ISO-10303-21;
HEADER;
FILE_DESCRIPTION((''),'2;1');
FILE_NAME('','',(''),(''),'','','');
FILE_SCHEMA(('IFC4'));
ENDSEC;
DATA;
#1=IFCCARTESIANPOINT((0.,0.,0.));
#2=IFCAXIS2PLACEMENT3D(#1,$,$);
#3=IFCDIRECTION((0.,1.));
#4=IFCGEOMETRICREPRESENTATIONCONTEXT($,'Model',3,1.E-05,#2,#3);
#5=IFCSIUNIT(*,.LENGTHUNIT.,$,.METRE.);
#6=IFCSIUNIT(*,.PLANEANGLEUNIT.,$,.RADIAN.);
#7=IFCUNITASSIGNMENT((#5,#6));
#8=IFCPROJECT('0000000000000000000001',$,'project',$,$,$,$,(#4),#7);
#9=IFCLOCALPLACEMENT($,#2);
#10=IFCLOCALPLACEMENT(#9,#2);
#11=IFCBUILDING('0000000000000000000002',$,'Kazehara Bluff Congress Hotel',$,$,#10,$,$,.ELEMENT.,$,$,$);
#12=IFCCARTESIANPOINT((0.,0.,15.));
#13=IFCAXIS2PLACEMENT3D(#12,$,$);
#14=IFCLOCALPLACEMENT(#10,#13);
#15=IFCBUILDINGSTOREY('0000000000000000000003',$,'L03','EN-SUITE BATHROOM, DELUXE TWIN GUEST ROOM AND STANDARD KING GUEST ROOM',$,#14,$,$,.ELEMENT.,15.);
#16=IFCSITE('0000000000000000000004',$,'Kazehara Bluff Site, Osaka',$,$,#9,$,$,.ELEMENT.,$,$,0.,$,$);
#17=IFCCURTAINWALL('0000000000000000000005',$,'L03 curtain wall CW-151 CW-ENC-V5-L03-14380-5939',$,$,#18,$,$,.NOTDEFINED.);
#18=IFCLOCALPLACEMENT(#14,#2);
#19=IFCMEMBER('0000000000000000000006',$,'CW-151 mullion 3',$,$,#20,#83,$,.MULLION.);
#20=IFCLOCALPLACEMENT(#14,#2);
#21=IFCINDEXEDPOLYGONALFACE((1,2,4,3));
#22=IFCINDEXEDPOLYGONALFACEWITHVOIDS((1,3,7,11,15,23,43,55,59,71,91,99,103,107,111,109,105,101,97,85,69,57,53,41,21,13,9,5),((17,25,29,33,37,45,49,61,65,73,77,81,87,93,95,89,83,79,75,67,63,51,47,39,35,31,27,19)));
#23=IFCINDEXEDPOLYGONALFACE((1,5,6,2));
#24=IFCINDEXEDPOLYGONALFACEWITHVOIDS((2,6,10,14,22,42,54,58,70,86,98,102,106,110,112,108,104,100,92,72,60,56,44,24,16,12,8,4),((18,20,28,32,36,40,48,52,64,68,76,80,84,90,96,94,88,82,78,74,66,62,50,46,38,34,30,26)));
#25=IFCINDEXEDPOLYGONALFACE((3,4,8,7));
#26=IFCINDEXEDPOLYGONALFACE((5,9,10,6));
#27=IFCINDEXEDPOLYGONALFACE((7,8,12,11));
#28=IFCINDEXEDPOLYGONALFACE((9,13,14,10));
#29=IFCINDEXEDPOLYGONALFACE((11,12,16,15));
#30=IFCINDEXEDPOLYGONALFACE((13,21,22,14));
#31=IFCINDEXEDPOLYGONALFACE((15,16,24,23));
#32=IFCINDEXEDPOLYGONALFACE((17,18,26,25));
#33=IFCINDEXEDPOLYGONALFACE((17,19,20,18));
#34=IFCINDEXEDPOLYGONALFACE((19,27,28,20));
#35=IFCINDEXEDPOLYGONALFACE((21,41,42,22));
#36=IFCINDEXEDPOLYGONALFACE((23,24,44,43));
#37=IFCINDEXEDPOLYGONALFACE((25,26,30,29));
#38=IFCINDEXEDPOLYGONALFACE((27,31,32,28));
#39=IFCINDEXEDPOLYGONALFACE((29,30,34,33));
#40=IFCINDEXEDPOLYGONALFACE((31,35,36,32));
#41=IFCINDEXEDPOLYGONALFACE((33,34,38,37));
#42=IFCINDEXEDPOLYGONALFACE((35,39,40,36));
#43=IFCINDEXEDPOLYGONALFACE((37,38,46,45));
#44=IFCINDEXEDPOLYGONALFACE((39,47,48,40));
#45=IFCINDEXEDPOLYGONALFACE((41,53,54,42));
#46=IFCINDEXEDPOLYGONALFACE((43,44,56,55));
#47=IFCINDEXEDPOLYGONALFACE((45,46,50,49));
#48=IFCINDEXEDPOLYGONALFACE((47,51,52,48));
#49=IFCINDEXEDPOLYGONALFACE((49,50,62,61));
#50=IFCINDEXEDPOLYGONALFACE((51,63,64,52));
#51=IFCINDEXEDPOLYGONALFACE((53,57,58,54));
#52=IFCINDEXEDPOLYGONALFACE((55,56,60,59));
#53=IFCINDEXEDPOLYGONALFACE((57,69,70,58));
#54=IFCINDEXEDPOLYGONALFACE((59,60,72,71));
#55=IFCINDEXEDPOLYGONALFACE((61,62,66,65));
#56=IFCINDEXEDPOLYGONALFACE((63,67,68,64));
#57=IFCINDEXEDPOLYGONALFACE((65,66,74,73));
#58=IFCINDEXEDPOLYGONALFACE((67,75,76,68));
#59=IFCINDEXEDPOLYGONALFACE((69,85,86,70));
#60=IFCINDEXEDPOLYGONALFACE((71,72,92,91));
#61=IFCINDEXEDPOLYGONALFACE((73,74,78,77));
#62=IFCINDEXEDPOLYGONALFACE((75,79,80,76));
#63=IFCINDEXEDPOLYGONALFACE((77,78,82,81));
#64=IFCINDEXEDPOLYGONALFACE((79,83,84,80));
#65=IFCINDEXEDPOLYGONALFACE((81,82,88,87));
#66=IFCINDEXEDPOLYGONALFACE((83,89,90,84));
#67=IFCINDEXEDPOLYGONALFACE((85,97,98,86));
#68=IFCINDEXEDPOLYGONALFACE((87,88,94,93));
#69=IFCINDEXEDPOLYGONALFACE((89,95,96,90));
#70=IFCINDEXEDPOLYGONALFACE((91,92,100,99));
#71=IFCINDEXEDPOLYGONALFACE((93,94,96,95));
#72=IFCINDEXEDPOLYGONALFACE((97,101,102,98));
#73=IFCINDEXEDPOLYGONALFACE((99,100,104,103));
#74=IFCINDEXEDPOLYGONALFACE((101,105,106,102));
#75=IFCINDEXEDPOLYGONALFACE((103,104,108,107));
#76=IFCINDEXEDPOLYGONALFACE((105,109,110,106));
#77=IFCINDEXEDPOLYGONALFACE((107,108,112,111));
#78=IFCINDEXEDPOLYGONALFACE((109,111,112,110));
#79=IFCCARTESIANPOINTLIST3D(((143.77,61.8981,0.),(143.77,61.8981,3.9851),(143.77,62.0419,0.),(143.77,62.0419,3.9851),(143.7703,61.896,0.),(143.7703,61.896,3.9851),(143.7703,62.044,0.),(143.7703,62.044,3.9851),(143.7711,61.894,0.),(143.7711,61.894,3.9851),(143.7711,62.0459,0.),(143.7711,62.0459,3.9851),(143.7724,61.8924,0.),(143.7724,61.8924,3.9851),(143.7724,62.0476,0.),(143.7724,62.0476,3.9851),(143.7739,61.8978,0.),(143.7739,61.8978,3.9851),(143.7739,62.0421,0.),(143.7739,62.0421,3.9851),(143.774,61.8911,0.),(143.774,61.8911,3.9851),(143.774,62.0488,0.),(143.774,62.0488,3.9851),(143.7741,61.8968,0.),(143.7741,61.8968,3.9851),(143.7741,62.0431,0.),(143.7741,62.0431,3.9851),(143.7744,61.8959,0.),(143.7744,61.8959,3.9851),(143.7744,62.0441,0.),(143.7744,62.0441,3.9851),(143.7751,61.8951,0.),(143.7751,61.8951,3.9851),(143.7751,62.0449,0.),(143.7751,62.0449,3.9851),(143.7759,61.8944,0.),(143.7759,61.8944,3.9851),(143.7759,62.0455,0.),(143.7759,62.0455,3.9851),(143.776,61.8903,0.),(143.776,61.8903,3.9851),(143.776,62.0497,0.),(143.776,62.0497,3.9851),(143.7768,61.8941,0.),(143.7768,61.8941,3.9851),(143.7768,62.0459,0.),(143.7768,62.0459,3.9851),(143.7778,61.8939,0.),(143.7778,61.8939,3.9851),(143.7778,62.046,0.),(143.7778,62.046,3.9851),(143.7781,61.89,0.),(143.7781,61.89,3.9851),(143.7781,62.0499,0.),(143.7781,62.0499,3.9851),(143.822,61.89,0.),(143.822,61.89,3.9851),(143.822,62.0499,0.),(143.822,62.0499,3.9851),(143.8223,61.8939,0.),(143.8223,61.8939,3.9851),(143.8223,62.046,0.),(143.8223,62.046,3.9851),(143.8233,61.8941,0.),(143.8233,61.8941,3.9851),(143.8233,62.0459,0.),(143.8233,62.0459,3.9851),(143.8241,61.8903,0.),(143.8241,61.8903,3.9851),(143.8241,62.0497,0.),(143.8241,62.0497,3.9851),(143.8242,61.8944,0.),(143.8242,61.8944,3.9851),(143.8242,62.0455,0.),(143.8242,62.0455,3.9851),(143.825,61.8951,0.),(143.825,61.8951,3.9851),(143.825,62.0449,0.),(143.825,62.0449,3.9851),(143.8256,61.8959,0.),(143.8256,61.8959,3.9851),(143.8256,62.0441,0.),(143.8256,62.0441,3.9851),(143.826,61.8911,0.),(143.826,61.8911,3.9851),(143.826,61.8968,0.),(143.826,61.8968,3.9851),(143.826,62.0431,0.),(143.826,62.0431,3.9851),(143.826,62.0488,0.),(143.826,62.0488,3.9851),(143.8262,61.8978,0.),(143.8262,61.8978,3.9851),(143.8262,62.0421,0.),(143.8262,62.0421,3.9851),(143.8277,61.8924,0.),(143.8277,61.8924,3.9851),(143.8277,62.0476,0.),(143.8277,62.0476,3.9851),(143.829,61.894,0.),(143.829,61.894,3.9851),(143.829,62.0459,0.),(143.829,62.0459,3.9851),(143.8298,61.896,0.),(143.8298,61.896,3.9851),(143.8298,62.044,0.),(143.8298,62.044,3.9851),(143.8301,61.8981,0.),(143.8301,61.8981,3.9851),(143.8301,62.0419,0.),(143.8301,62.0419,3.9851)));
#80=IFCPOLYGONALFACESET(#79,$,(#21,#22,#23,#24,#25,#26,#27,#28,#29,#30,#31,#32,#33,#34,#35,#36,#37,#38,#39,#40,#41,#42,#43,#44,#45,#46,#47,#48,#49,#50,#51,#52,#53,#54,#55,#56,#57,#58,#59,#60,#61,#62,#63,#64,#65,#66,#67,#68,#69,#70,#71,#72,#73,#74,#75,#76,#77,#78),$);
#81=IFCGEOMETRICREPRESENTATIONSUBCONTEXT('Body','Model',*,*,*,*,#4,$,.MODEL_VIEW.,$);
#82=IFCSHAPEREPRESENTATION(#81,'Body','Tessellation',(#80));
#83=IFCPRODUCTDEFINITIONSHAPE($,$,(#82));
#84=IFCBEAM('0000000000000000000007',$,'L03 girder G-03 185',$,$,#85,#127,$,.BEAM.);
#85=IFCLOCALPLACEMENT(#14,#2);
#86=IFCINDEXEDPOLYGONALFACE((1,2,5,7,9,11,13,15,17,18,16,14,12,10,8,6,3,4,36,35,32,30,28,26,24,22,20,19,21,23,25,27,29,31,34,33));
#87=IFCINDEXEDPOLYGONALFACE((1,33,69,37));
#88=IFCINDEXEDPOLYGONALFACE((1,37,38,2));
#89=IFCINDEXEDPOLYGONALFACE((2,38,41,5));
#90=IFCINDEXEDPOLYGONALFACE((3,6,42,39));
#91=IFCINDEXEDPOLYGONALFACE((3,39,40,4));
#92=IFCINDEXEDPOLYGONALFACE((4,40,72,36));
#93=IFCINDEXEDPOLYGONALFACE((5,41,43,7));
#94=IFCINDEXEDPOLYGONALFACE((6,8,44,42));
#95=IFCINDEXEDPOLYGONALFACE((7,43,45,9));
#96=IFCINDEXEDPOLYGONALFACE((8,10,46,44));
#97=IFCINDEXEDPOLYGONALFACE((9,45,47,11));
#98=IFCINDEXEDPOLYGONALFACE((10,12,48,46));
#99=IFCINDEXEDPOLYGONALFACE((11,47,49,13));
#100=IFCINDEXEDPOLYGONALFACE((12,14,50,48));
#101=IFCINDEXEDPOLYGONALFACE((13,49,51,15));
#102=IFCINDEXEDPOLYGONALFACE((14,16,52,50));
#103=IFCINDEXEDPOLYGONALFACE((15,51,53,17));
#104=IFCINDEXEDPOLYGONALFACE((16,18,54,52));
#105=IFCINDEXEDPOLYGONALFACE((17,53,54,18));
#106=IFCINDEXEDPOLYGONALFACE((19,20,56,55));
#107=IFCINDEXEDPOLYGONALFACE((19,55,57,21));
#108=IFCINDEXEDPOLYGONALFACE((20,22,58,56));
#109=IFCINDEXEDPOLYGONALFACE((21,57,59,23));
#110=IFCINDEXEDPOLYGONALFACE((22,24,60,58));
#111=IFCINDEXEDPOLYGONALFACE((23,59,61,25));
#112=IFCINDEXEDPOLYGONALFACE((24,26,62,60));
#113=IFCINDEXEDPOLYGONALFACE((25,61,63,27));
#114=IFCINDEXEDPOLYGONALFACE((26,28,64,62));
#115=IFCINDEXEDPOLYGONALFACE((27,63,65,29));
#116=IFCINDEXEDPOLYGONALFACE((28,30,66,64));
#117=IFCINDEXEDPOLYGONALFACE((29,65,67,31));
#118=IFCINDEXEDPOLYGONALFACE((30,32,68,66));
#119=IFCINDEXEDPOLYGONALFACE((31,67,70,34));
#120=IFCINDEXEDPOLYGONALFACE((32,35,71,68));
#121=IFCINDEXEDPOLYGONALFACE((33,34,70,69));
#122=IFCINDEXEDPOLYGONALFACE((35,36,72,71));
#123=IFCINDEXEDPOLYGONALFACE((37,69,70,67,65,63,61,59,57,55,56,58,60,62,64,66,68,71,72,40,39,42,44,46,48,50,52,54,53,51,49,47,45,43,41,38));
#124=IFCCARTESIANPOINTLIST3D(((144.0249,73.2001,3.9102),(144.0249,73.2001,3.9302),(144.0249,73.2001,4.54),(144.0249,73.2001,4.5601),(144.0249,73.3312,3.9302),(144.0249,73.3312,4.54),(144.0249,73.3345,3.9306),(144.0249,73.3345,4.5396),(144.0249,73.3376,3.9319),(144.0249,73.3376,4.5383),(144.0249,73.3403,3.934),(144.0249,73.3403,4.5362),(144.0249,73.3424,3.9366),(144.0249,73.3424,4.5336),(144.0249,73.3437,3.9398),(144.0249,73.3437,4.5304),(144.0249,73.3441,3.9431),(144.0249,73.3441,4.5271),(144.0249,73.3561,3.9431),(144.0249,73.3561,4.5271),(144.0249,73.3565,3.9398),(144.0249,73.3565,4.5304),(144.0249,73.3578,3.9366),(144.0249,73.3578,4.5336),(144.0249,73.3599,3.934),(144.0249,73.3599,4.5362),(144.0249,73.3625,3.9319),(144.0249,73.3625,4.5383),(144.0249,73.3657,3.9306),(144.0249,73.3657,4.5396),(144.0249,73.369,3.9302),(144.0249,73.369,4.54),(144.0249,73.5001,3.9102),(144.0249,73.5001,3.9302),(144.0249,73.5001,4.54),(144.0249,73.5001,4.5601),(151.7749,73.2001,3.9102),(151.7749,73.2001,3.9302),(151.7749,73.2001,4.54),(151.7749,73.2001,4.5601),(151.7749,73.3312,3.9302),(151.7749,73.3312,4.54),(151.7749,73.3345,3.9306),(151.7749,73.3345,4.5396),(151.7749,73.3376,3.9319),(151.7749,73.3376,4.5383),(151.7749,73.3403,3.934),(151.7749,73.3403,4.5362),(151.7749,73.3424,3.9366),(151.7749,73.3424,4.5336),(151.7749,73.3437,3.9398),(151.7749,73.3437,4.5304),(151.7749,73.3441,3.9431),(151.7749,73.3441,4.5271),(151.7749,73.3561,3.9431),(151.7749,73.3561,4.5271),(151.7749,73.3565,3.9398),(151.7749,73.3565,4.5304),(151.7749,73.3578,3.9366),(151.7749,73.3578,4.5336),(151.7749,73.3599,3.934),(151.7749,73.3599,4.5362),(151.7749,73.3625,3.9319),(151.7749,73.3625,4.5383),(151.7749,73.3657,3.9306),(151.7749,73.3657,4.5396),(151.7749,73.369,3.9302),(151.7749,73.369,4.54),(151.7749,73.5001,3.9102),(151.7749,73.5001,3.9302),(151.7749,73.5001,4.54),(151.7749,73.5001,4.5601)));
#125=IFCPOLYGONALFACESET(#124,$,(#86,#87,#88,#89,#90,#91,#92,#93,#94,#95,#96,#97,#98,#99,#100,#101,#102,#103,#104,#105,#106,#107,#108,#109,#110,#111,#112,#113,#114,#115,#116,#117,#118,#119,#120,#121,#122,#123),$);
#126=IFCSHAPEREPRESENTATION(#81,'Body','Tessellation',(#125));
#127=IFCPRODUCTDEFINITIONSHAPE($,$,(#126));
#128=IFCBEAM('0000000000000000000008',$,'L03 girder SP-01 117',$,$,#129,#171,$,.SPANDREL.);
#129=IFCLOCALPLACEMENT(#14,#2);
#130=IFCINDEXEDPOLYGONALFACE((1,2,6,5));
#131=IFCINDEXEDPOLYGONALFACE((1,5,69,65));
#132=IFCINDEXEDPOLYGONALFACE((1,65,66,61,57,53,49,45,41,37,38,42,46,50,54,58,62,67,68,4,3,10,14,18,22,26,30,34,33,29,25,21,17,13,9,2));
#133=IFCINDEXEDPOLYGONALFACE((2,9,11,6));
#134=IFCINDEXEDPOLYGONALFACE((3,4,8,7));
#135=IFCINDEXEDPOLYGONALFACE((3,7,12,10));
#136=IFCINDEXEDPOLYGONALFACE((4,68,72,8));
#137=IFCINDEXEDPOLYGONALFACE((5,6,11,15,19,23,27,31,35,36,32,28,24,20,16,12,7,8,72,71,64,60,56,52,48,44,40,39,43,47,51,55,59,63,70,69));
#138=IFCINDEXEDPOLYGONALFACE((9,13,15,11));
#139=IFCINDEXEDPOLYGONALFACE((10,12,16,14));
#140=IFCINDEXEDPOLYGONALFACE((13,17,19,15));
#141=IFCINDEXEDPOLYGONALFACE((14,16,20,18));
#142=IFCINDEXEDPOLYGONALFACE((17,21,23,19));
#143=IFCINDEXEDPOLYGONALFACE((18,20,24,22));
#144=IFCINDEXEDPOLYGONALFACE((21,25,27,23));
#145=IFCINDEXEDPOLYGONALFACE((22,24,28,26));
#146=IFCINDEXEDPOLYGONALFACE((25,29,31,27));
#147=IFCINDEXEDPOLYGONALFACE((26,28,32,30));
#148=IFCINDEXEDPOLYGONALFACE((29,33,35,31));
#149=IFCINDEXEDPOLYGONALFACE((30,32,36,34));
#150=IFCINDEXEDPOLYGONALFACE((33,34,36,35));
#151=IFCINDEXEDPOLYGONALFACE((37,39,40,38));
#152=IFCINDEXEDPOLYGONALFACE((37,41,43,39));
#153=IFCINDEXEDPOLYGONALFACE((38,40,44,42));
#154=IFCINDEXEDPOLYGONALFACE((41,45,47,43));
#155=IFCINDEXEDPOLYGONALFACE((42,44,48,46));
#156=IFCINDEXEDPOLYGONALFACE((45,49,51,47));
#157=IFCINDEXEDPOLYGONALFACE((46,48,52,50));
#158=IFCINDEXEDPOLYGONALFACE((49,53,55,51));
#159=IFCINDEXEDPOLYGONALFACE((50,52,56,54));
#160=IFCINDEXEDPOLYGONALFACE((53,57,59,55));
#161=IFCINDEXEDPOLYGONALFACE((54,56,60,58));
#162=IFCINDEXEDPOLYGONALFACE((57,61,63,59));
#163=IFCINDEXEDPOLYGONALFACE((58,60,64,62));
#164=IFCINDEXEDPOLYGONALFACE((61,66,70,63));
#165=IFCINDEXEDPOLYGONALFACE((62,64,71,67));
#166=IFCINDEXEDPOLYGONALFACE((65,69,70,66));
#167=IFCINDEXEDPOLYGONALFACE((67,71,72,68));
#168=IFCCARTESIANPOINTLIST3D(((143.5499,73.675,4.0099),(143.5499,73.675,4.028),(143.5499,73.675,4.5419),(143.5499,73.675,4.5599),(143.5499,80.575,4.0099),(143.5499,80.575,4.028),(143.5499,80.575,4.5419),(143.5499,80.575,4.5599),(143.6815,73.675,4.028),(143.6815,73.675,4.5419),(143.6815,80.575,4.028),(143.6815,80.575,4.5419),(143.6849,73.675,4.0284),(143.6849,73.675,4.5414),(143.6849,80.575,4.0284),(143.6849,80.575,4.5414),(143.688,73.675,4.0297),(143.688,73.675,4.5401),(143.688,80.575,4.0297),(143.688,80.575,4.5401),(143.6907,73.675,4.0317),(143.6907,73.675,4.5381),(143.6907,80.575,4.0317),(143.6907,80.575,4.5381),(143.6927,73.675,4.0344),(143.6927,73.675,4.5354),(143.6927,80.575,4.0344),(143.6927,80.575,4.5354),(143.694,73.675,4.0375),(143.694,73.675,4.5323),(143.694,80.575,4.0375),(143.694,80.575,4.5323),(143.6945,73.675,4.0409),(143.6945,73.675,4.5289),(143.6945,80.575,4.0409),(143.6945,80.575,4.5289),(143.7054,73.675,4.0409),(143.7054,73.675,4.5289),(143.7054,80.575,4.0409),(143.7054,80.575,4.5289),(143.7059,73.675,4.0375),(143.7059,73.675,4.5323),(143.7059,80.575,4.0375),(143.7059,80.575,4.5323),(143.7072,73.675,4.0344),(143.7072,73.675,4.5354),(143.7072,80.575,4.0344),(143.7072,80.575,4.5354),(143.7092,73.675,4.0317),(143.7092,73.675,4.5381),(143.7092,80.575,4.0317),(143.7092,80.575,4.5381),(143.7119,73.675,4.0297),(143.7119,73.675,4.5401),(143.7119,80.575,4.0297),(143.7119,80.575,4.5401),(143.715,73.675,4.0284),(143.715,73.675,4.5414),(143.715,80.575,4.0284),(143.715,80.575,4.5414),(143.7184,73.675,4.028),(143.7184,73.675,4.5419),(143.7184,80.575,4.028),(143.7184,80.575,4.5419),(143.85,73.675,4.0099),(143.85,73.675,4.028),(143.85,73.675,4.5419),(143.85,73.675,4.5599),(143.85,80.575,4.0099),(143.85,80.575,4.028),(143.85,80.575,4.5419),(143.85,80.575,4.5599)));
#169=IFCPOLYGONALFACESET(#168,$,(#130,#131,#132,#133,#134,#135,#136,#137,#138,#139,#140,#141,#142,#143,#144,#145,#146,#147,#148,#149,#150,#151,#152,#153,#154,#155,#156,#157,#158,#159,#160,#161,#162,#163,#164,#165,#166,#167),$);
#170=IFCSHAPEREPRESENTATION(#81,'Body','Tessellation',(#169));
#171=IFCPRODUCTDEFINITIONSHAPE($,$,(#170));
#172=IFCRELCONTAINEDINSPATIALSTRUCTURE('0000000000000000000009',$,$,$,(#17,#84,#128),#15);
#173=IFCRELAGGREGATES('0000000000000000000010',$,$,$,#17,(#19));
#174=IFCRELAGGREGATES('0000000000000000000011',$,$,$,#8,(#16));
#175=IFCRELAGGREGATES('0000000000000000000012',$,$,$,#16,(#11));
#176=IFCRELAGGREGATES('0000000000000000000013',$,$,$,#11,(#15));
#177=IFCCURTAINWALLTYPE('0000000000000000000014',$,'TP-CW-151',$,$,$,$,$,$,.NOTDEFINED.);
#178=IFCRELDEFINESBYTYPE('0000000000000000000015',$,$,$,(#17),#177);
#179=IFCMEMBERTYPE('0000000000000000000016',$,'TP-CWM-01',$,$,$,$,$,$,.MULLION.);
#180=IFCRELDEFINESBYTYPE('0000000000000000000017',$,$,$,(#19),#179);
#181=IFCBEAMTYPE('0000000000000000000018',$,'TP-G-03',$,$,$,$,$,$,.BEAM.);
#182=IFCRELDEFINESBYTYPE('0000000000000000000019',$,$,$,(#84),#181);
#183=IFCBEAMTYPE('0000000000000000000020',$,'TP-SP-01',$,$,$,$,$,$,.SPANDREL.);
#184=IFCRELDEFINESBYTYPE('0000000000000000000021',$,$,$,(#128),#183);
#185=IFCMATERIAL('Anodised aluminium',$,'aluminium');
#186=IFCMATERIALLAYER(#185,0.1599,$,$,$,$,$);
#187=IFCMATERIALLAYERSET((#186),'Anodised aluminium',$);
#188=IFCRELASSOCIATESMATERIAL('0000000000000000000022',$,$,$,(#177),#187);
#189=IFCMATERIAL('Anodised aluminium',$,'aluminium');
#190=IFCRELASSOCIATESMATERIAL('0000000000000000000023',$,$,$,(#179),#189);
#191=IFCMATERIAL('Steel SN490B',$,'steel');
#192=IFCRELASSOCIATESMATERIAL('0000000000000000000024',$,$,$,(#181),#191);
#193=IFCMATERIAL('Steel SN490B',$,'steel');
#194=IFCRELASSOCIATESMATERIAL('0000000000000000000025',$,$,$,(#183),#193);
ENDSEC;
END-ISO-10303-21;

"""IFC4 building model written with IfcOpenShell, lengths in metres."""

from ifc_helpers import new_model, si_unit, direction, frame, origin, origin_2d, place, context, subcontext, project, spatial, hollow_rectangle, i_section, extrude, material, layer, layer_set, material_profile, profile_set, type_object, element, aggregate, save


model = new_model("IFC4")

# Units and contexts
model_context = context("Model", 3, precision=1e-05, world=origin(), true_north=direction((0.0, 1.0)))
body_context = subcontext(model_context, "Body", "Model", "MODEL_VIEW")
ifc_project = project(units=[si_unit("LENGTHUNIT", "METRE"), si_unit("PLANEANGLEUNIT", "RADIAN")], contexts=[model_context])

# Site, building, storey
site_placement = place(None, origin())
site = spatial("IfcSite", under=ifc_project, at=site_placement, Name="Kazehara Bluff Site, Osaka", CompositionType="ELEMENT", RefElevation=0.0)
building_placement = place(site_placement, origin())
building = spatial("IfcBuilding", under=site, at=building_placement, Name="Kazehara Bluff Congress Hotel", CompositionType="ELEMENT")
storey_placement = place(building_placement, frame((0.0, 0.0, 15.0)))
storey = spatial("IfcBuildingStorey", under=building, at=storey_placement, Name="L03", Description="EN-SUITE BATHROOM, DELUXE TWIN GUEST ROOM AND STANDARD KING GUEST ROOM", CompositionType="ELEMENT", Elevation=15.0)

# Curtain wall, member
ifc_material_1 = material(Name="Anodised aluminium", Category="aluminium")
ifc_layer_1 = layer(ifc_material_1, 0.1599)
ifc_layer_set_1 = layer_set([ifc_layer_1], Name="Anodised aluminium")
curtain_wall_type = type_object("IfcCurtainWallType", Name="TP-CW-151", PredefinedType="NOTDEFINED", material=ifc_layer_set_1)
curtain_wall_placement = place(storey_placement, origin())
curtain_wall = element("IfcCurtainWall", 1, at=curtain_wall_placement, inside=storey, type_object=curtain_wall_type, Name="L03 curtain wall CW-151 CW-ENC-V5-L03-14380-5939", PredefinedType="NOTDEFINED")
ifc_material_2 = material(Name="Anodised aluminium", Category="aluminium")
ifc_material_profile_1 = material_profile(ifc_material_2, hollow_rectangle(XDim=0.0601, YDim=0.1599, WallThickness=0.0039, InnerFilletRadius=0.0039, OuterFilletRadius=0.0081, at=origin_2d()))
ifc_profile_set_1 = profile_set([ifc_material_profile_1], Name="Anodised aluminium")
member_type = type_object("IfcMemberType", Name="TP-CWM-01", PredefinedType="MULLION", material=ifc_profile_set_1)
member_placement = place(storey_placement, frame((143.8, 61.97, 0.0), z_axis=(0.0, 0.0, 1.0), x_axis=(-1.0, 0.0, 0.0)))
member = element("IfcMember", 2, at=member_placement, type_object=member_type, Name="CW-151 mullion 3", PredefinedType="MULLION", context=body_context, shape_type="SweptSolid", body=[
    extrude(hollow_rectangle(XDim=0.0601, YDim=0.1599, WallThickness=0.0039, InnerFilletRadius=0.0039, OuterFilletRadius=0.0081, at=origin_2d()), origin(), (0.0, 0.0, 1.0), 3.9851),
])

# Beams
ifc_material_3 = material(Name="Steel SN490B", Category="steel")
ifc_material_profile_2 = material_profile(ifc_material_3, i_section(OverallWidth=0.3, OverallDepth=0.6499, WebThickness=0.012, FlangeThickness=0.02, FilletRadius=0.0129, at=origin_2d()))
ifc_profile_set_2 = profile_set([ifc_material_profile_2], Name="Steel SN490B")
beam_type_1 = type_object("IfcBeamType", Name="TP-G-03", PredefinedType="BEAM", material=ifc_profile_set_2)
beam_1_placement = place(storey_placement, frame((144.0249, 73.3501, 4.2351), z_axis=(1.0, 0.0, 0.0), x_axis=(0.0, 1.0, 0.0)))
element("IfcBeam", 3, at=beam_1_placement, inside=storey, type_object=beam_type_1, Name="L03 girder G-03 185", PredefinedType="BEAM", context=body_context, shape_type="SweptSolid", body=[
    extrude(i_section(OverallWidth=0.3, OverallDepth=0.6499, WebThickness=0.012, FlangeThickness=0.02, FilletRadius=0.0129, at=origin_2d()), origin(), (0.0, 0.0, 1.0), 7.75),
])
ifc_material_4 = material(Name="Steel SN490B", Category="steel")
ifc_material_profile_3 = material_profile(ifc_material_4, i_section(OverallWidth=0.3, OverallDepth=0.55, WebThickness=0.011, FlangeThickness=0.0181, FilletRadius=0.0129, at=origin_2d()))
ifc_profile_set_3 = profile_set([ifc_material_profile_3], Name="Steel SN490B")
beam_type_2 = type_object("IfcBeamType", Name="TP-SP-01", PredefinedType="SPANDREL", material=ifc_profile_set_3)
beam_2_placement = place(storey_placement, frame((143.7, 73.675, 4.2849), z_axis=(0.0, 1.0, 0.0), x_axis=(-1.0, 0.0, 0.0)))
element("IfcBeam", 4, at=beam_2_placement, inside=storey, type_object=beam_type_2, Name="L03 girder SP-01 117", PredefinedType="SPANDREL", context=body_context, shape_type="SweptSolid", body=[
    extrude(i_section(OverallWidth=0.3, OverallDepth=0.55, WebThickness=0.011, FlangeThickness=0.0181, FilletRadius=0.0129, at=origin_2d()), origin(), (0.0, 0.0, 1.0), 6.8999),
])

aggregate(curtain_wall, [member])

save(model, "model.ifc")
